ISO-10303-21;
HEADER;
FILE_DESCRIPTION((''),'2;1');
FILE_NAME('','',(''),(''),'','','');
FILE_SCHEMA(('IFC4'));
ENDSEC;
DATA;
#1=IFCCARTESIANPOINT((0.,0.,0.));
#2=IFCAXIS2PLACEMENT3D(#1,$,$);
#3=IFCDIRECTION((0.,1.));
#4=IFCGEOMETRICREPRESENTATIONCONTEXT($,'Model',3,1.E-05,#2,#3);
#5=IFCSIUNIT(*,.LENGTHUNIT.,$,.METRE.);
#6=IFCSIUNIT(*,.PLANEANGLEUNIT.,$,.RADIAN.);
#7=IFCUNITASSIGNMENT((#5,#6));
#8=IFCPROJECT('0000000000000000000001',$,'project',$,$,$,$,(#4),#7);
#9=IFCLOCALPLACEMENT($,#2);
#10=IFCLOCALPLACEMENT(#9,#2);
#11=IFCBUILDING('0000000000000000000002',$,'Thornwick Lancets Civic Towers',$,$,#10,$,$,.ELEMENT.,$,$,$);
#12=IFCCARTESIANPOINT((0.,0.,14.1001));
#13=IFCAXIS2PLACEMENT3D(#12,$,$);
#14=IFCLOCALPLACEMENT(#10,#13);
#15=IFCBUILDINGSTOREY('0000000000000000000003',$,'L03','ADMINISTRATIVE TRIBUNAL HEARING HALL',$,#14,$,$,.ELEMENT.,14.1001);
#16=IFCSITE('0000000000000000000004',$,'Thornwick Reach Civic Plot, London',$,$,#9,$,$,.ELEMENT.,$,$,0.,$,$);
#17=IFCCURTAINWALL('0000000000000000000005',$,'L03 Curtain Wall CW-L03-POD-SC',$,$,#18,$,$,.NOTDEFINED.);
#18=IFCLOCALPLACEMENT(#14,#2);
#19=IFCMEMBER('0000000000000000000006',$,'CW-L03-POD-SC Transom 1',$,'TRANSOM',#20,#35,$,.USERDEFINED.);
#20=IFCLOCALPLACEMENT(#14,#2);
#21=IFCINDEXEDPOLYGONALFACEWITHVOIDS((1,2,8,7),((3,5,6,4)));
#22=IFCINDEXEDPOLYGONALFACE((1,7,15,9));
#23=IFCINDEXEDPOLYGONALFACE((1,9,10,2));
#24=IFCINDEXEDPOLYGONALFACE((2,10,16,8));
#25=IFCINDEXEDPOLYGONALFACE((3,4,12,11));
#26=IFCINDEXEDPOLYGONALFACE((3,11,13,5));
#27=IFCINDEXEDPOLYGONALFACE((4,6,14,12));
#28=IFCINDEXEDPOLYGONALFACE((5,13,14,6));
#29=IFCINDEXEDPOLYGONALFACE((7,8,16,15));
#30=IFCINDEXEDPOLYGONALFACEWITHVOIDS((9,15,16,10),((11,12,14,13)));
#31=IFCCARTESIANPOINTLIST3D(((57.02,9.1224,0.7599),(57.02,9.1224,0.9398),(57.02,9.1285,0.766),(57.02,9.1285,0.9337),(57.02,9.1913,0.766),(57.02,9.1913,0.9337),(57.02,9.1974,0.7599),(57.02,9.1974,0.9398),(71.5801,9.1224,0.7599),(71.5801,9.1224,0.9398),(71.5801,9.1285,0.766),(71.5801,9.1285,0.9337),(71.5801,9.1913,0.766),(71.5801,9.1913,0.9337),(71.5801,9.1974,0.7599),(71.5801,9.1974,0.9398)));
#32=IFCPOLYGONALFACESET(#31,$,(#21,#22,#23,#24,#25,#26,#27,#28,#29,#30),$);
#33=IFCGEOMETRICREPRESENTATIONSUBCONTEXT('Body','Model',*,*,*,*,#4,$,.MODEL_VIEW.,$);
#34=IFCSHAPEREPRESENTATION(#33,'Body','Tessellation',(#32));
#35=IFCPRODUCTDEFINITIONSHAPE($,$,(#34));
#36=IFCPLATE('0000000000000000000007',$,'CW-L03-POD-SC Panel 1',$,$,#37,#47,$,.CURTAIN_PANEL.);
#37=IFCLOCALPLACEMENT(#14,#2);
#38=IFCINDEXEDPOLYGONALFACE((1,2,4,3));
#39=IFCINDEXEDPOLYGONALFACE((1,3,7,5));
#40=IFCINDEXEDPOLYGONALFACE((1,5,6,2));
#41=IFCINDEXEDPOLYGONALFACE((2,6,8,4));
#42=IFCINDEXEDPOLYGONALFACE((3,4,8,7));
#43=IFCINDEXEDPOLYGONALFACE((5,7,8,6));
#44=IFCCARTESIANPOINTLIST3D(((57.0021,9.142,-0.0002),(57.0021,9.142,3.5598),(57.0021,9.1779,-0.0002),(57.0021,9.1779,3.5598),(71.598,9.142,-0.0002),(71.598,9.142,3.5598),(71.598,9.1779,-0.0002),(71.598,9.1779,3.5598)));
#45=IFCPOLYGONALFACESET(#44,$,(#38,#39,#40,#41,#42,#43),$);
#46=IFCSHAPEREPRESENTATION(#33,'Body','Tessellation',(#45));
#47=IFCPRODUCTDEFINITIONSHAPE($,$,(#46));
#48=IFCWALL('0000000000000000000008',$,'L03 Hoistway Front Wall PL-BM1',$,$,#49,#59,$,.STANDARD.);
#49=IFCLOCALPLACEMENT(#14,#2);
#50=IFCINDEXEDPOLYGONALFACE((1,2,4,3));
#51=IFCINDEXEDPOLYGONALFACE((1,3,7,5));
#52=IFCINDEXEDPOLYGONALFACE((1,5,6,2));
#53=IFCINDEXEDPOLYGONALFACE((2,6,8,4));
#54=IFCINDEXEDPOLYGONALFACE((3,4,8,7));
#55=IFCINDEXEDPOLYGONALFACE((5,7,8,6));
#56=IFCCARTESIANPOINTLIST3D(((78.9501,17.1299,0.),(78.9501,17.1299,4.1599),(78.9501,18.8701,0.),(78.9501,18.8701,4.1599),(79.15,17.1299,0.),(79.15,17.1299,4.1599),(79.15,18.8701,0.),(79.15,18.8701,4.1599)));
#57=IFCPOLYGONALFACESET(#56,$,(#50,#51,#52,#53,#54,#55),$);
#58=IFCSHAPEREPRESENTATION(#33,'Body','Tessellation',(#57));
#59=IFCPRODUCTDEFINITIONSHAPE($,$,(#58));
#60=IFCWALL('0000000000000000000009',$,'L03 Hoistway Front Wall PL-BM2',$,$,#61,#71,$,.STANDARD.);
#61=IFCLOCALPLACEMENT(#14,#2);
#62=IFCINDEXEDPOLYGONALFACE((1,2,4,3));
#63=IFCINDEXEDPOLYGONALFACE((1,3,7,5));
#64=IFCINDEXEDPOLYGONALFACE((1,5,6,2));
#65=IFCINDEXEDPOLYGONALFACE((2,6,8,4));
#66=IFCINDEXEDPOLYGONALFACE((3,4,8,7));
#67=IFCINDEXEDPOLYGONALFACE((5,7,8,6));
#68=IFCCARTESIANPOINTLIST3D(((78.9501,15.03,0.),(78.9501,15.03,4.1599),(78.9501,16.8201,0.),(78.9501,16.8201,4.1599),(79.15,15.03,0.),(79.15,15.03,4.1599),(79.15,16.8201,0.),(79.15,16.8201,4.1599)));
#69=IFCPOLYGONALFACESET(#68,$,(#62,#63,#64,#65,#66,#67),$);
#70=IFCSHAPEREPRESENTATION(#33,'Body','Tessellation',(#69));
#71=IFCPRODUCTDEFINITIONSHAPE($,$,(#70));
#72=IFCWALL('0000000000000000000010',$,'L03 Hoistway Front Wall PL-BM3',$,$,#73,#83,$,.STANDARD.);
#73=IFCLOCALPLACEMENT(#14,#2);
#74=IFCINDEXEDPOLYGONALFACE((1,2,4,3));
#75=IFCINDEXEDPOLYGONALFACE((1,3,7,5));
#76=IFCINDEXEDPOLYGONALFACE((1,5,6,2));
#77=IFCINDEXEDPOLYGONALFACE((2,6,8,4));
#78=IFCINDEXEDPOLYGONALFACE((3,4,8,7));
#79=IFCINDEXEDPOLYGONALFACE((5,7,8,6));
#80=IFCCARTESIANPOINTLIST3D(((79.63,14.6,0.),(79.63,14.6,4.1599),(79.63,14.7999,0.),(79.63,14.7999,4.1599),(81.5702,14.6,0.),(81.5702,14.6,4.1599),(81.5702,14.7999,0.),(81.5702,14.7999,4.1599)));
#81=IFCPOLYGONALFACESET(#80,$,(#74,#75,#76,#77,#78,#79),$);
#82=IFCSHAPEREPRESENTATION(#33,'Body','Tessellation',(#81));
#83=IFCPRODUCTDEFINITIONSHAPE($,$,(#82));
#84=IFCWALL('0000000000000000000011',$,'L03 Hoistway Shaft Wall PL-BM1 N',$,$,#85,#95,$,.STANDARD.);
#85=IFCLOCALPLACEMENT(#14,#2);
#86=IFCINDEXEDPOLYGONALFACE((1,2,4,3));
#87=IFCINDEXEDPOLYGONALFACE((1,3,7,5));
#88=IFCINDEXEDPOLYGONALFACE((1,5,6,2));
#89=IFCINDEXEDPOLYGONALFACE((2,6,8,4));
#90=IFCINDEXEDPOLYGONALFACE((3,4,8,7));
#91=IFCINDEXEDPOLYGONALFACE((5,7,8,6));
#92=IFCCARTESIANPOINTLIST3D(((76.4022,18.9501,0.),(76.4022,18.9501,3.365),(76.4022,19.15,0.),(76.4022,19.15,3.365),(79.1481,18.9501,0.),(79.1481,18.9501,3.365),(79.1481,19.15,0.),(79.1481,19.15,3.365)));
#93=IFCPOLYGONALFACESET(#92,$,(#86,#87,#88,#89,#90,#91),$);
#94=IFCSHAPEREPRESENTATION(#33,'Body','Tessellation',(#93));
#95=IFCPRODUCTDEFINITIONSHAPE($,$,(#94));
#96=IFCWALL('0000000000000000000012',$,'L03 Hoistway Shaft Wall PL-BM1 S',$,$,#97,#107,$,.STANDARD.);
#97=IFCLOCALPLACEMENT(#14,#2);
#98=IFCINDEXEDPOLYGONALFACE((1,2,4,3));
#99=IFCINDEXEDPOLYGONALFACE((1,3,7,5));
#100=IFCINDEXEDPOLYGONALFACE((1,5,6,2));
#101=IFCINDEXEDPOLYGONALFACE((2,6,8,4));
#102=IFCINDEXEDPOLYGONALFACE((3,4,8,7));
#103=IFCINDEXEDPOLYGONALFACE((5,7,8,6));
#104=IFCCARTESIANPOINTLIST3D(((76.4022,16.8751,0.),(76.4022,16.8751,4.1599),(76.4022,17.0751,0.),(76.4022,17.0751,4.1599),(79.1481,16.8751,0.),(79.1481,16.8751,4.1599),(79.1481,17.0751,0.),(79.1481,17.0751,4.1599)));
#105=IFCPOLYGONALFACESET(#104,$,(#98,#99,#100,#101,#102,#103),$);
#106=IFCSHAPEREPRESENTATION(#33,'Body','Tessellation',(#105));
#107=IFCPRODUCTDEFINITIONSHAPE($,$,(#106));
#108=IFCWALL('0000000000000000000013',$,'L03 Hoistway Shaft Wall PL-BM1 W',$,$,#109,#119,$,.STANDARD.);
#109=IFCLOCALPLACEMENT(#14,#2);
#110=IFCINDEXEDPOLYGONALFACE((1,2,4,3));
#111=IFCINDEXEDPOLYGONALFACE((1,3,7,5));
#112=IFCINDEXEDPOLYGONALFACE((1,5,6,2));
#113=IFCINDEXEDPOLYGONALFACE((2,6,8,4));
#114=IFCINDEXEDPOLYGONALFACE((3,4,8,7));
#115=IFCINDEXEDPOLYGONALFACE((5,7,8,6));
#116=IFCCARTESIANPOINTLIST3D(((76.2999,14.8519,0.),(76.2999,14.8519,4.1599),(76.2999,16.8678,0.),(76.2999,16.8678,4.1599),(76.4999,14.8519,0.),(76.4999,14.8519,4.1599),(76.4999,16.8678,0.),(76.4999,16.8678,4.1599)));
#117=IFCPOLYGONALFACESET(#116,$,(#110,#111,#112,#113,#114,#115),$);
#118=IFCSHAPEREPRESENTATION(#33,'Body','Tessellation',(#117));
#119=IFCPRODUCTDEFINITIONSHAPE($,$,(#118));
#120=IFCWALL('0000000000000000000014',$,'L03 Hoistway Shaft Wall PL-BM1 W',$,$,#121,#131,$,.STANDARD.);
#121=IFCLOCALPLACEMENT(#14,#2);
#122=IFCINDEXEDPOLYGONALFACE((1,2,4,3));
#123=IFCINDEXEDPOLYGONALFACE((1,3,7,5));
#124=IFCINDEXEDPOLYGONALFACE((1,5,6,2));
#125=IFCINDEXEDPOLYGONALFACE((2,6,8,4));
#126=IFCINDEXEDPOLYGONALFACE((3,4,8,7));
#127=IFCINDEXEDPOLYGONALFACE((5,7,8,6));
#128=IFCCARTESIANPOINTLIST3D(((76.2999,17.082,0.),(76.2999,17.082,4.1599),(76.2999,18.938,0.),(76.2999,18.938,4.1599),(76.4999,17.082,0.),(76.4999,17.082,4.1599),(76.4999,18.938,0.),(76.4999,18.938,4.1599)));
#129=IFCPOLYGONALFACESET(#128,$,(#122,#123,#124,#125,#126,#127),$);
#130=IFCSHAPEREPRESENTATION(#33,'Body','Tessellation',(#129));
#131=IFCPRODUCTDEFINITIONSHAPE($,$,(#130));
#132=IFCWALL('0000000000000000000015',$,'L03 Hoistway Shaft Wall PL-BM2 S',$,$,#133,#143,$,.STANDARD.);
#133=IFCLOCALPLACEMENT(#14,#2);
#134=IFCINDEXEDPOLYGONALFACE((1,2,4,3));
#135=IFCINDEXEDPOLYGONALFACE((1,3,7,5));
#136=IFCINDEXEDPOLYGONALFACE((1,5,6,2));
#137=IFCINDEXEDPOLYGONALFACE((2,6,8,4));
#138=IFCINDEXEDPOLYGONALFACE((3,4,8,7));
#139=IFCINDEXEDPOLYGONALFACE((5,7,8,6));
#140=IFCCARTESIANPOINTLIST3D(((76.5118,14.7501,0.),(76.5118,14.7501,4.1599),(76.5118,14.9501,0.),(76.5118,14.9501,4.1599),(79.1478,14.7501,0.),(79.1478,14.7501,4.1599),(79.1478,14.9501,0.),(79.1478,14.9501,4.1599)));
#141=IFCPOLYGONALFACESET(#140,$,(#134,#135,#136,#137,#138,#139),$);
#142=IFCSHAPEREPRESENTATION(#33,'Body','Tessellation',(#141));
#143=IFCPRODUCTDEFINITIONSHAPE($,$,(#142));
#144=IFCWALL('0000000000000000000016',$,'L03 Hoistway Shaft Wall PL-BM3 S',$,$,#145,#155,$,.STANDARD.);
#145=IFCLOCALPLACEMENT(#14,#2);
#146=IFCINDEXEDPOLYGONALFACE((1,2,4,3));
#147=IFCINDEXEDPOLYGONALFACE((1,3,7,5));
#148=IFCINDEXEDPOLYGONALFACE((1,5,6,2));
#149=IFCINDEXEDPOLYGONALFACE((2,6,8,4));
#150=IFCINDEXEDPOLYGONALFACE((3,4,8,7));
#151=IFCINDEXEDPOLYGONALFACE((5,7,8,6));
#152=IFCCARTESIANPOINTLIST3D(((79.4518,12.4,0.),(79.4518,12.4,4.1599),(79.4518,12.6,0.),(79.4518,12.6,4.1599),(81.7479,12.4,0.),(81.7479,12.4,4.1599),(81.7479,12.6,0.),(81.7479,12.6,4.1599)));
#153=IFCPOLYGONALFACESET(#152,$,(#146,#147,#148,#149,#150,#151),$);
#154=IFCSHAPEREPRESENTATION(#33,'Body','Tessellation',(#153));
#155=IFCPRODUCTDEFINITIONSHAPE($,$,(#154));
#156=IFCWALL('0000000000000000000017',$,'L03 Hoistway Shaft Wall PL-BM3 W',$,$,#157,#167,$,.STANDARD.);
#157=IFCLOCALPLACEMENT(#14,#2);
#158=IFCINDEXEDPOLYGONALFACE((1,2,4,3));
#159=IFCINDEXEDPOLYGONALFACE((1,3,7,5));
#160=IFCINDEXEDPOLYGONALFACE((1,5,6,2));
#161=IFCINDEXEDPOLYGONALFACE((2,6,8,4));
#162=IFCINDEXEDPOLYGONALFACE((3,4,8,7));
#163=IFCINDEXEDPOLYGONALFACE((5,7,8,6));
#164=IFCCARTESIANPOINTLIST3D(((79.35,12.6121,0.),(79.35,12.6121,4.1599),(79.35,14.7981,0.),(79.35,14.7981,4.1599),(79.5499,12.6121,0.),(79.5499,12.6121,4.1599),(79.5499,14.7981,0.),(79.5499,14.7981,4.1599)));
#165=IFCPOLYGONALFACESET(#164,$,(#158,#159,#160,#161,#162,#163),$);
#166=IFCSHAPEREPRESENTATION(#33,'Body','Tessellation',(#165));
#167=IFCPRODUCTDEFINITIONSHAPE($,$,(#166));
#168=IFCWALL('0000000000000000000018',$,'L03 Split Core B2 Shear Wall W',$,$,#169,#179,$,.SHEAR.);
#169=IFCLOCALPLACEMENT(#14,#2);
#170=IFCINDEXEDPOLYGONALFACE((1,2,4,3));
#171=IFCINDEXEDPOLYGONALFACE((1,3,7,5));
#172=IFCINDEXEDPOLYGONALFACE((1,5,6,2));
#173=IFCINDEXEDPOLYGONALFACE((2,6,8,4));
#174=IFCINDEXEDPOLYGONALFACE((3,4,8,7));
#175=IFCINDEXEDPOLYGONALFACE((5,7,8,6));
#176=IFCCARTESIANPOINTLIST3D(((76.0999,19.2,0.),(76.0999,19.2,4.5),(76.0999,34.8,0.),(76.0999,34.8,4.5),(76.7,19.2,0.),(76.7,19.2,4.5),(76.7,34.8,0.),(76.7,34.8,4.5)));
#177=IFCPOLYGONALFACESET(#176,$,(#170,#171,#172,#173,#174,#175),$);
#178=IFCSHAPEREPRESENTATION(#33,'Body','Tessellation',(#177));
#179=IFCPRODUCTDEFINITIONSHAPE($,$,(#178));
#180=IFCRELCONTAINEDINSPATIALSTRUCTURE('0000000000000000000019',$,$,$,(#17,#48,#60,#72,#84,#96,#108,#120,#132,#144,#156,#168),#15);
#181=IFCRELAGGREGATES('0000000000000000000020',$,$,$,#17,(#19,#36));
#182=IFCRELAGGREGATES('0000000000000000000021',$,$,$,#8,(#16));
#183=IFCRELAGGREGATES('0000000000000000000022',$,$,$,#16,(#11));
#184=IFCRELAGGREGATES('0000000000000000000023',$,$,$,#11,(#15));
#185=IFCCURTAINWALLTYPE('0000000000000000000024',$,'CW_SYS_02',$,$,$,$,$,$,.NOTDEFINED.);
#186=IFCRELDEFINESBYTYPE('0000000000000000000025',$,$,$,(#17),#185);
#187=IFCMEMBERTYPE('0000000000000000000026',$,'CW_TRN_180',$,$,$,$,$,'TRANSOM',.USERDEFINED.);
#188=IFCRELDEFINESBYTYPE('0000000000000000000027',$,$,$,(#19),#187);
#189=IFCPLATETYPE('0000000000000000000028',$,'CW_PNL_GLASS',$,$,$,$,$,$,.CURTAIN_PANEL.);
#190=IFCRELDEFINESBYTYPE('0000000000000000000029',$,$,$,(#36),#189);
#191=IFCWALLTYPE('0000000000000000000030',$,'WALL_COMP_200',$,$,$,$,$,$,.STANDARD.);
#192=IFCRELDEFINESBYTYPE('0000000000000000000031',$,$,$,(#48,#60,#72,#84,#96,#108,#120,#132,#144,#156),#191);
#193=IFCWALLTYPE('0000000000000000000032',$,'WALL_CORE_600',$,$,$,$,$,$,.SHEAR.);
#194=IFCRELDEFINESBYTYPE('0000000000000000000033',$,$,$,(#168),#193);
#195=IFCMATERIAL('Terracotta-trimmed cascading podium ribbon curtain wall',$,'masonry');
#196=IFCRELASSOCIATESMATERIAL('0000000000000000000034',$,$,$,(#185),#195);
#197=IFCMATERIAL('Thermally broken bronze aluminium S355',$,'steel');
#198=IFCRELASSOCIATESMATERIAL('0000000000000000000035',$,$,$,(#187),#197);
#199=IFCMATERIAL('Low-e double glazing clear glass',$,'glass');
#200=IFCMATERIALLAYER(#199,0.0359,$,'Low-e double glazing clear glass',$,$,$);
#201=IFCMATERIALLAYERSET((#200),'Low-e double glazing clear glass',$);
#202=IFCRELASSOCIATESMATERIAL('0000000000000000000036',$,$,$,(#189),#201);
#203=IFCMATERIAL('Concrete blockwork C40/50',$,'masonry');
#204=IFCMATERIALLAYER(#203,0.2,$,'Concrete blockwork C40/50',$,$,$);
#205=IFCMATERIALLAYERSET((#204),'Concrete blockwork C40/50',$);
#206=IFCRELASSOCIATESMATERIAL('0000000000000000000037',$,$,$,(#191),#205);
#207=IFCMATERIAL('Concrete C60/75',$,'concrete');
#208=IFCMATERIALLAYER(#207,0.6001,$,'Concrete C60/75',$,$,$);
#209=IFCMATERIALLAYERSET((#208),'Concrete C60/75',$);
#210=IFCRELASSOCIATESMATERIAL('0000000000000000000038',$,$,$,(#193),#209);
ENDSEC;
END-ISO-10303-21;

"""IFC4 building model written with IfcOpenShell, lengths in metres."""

from ifc_helpers import new_model, si_unit, direction, frame, frame_2d, origin, origin_2d, place, context, subcontext, project, spatial, rectangle, hollow_rectangle, extrude, material, layer, layer_set, material_profile, profile_set, type_object, element, aggregate, save


model = new_model("IFC4")

# Units and contexts
model_context = context("Model", 3, precision=1e-05, world=origin(), true_north=direction((0.0, 1.0)))
body_context = subcontext(model_context, "Body", "Model", "MODEL_VIEW")
ifc_project = project(units=[si_unit("LENGTHUNIT", "METRE"), si_unit("PLANEANGLEUNIT", "RADIAN")], contexts=[model_context])

# Site, building, storey
site_placement = place(None, origin())
site = spatial("IfcSite", under=ifc_project, at=site_placement, Name="Thornwick Reach Civic Plot, London", CompositionType="ELEMENT", RefElevation=0.0)
building_placement = place(site_placement, origin())
building = spatial("IfcBuilding", under=site, at=building_placement, Name="Thornwick Lancets Civic Towers", CompositionType="ELEMENT")
storey_placement = place(building_placement, frame((0.0, 0.0, 14.1001)))
storey = spatial("IfcBuildingStorey", under=building, at=storey_placement, Name="L03", Description="ADMINISTRATIVE TRIBUNAL HEARING HALL", CompositionType="ELEMENT", Elevation=14.1001)

# Shared definitions
ifc_material_1 = material(Name="Concrete C60/75", Category="concrete")

# Curtain wall, member, plate
ifc_material_2 = material(Name="Terracotta-trimmed cascading podium ribbon curtain wall", Category="masonry")
curtain_wall_type = type_object("IfcCurtainWallType", Name="CW_SYS_02", PredefinedType="NOTDEFINED", material=ifc_material_2)
curtain_wall_placement = place(storey_placement, origin())
curtain_wall = element("IfcCurtainWall", 1, at=curtain_wall_placement, inside=storey, type_object=curtain_wall_type, Name="L03 Curtain Wall CW-L03-POD-SC", PredefinedType="NOTDEFINED")
ifc_material_3 = material(Name="Thermally broken bronze aluminium S355", Category="steel")
ifc_material_profile_1 = material_profile(ifc_material_3, hollow_rectangle(XDim=0.075, YDim=0.1799, WallThickness=0.0061, at=origin_2d()), Name="RHS 180x75x6")
ifc_profile_set_1 = profile_set([ifc_material_profile_1], Name="Thermally broken bronze aluminium S355")
member_type_1 = type_object("IfcMemberType", Name="CW_TRN_180", ElementType="TRANSOM", PredefinedType="USERDEFINED", material=ifc_profile_set_1)
member_1_placement = place(storey_placement, frame((57.02, 9.1599, 0.8499), z_axis=(1.0, 0.0, 0.0), x_axis=(0.0, 1.0, 0.0)))
member_1 = element("IfcMember", 2, at=member_1_placement, type_object=member_type_1, Name="CW-L03-POD-SC Transom 1", ObjectType="TRANSOM", PredefinedType="USERDEFINED", context=body_context, shape_type="SweptSolid", body=[
    extrude(hollow_rectangle(XDim=0.075, YDim=0.1799, WallThickness=0.0061, at=origin_2d()), origin(), (0.0, 0.0, 1.0), 14.5601),
])
ifc_material_4 = material(Name="Low-e double glazing clear glass", Category="glass")
ifc_layer_1 = layer(ifc_material_4, 0.0359, Name="Low-e double glazing clear glass")
ifc_layer_set_1 = layer_set([ifc_layer_1], Name="Low-e double glazing clear glass")
plate_type = type_object("IfcPlateType", Name="CW_PNL_GLASS", PredefinedType="CURTAIN_PANEL", material=ifc_layer_set_1)
plate_placement = place(storey_placement, frame((64.3, 9.1599, -0.0002), z_axis=(0.0, 0.0, 1.0), x_axis=(1.0, 0.0, 0.0)))
plate = element("IfcPlate", 3, at=plate_placement, type_object=plate_type, Name="CW-L03-POD-SC Panel 1", PredefinedType="CURTAIN_PANEL", context=body_context, shape_type="SweptSolid", body=[
    extrude(rectangle(XDim=14.5959, YDim=0.0359, at=origin_2d()), origin(), (0.0, 0.0, 1.0), 3.5601),
])
aggregate(curtain_wall, [member_1, plate])

# Walls
ifc_material_5 = material(Name="Concrete blockwork C40/50", Category="masonry")
ifc_layer_2 = layer(ifc_material_5, 0.2, Name="Concrete blockwork C40/50")
ifc_layer_set_2 = layer_set([ifc_layer_2], Name="Concrete blockwork C40/50")
wall_type_1 = type_object("IfcWallType", Name="WALL_COMP_200", PredefinedType="STANDARD", material=ifc_layer_set_2)
wall_1_placement = place(storey_placement, frame((79.05, 17.1299, 0.0), z_axis=(0.0, 0.0, 1.0), x_axis=(0.0, 1.0, 0.0)))
element("IfcWall", 4, at=wall_1_placement, inside=storey, type_object=wall_type_1, Name="L03 Hoistway Front Wall PL-BM1", PredefinedType="STANDARD", context=body_context, shape_type="SweptSolid", body=[
    extrude(rectangle(XDim=1.7402, YDim=0.2, at=frame_2d((0.8701, 0.0))), origin(), (0.0, 0.0, 1.0), 4.1599),
])
wall_2_placement = place(storey_placement, frame((79.05, 15.03, 0.0), z_axis=(0.0, 0.0, 1.0), x_axis=(0.0, 1.0, 0.0)))
element("IfcWall", 5, at=wall_2_placement, inside=storey, type_object=wall_type_1, Name="L03 Hoistway Front Wall PL-BM2", PredefinedType="STANDARD", context=body_context, shape_type="SweptSolid", body=[
    extrude(rectangle(XDim=1.79, YDim=0.2, at=frame_2d((0.895, 0.0))), origin(), (0.0, 0.0, 1.0), 4.1599),
])
wall_3_placement = place(storey_placement, frame((79.6299, 14.7, 0.0), z_axis=(0.0, 0.0, 1.0), x_axis=(1.0, 0.0, 0.0)))
element("IfcWall", 6, at=wall_3_placement, inside=storey, type_object=wall_type_1, Name="L03 Hoistway Front Wall PL-BM3", PredefinedType="STANDARD", context=body_context, shape_type="SweptSolid", body=[
    extrude(rectangle(XDim=1.9402, YDim=0.2, at=frame_2d((0.9702, 0.0))), origin(), (0.0, 0.0, 1.0), 4.1599),
])
wall_4_placement = place(storey_placement, frame((76.4021, 19.05, 0.0), z_axis=(0.0, 0.0, 1.0), x_axis=(1.0, 0.0, 0.0)))
element("IfcWall", 7, at=wall_4_placement, inside=storey, type_object=wall_type_1, Name="L03 Hoistway Shaft Wall PL-BM1 N", PredefinedType="STANDARD", context=body_context, shape_type="SweptSolid", body=[
    extrude(rectangle(XDim=2.7458, YDim=0.2, at=frame_2d((1.373, 0.0))), origin(), (0.0, 0.0, 1.0), 3.365),
])
wall_5_placement = place(storey_placement, frame((76.4021, 16.9751, 0.0), z_axis=(0.0, 0.0, 1.0), x_axis=(1.0, 0.0, 0.0)))
element("IfcWall", 8, at=wall_5_placement, inside=storey, type_object=wall_type_1, Name="L03 Hoistway Shaft Wall PL-BM1 S", PredefinedType="STANDARD", context=body_context, shape_type="SweptSolid", body=[
    extrude(rectangle(XDim=2.7458, YDim=0.2, at=frame_2d((1.373, 0.0))), origin(), (0.0, 0.0, 1.0), 4.1599),
])
wall_6_placement = place(storey_placement, frame((76.3999, 14.8521, 0.0), z_axis=(0.0, 0.0, 1.0), x_axis=(0.0, 1.0, 0.0)))
element("IfcWall", 9, at=wall_6_placement, inside=storey, type_object=wall_type_1, Name="L03 Hoistway Shaft Wall PL-BM1 W", PredefinedType="STANDARD", context=body_context, shape_type="SweptSolid", body=[
    extrude(rectangle(XDim=2.0159, YDim=0.2, at=frame_2d((1.0078, 0.0))), origin(), (0.0, 0.0, 1.0), 4.1599),
])
wall_7_placement = place(storey_placement, frame((76.3999, 17.082, 0.0), z_axis=(0.0, 0.0, 1.0), x_axis=(0.0, 1.0, 0.0)))
element("IfcWall", 10, at=wall_7_placement, inside=storey, type_object=wall_type_1, Name="L03 Hoistway Shaft Wall PL-BM1 W", PredefinedType="STANDARD", context=body_context, shape_type="SweptSolid", body=[
    extrude(rectangle(XDim=1.856, YDim=0.2, at=frame_2d((0.928, 0.0))), origin(), (0.0, 0.0, 1.0), 4.1599),
])
wall_8_placement = place(storey_placement, frame((76.512, 14.8501, 0.0), z_axis=(0.0, 0.0, 1.0), x_axis=(1.0, 0.0, 0.0)))
element("IfcWall", 11, at=wall_8_placement, inside=storey, type_object=wall_type_1, Name="L03 Hoistway Shaft Wall PL-BM2 S", PredefinedType="STANDARD", context=body_context, shape_type="SweptSolid", body=[
    extrude(rectangle(XDim=2.636, YDim=0.2, at=frame_2d((1.3179, 0.0))), origin(), (0.0, 0.0, 1.0), 4.1599),
])
wall_9_placement = place(storey_placement, frame((79.4519, 12.5, 0.0), z_axis=(0.0, 0.0, 1.0), x_axis=(1.0, 0.0, 0.0)))
element("IfcWall", 12, at=wall_9_placement, inside=storey, type_object=wall_type_1, Name="L03 Hoistway Shaft Wall PL-BM3 S", PredefinedType="STANDARD", context=body_context, shape_type="SweptSolid", body=[
    extrude(rectangle(XDim=2.2961, YDim=0.2, at=frame_2d((1.1479, 0.0))), origin(), (0.0, 0.0, 1.0), 4.1599),
])
wall_10_placement = place(storey_placement, frame((79.45, 12.6121, 0.0), z_axis=(0.0, 0.0, 1.0), x_axis=(0.0, 1.0, 0.0)))
element("IfcWall", 13, at=wall_10_placement, inside=storey, type_object=wall_type_1, Name="L03 Hoistway Shaft Wall PL-BM3 W", PredefinedType="STANDARD", context=body_context, shape_type="SweptSolid", body=[
    extrude(rectangle(XDim=2.186, YDim=0.2, at=frame_2d((1.093, 0.0))), origin(), (0.0, 0.0, 1.0), 4.1599),
])
ifc_layer_3 = layer(ifc_material_1, 0.6001, Name="Concrete C60/75")
ifc_layer_set_3 = layer_set([ifc_layer_3], Name="Concrete C60/75")
wall_type_2 = type_object("IfcWallType", Name="WALL_CORE_600", PredefinedType="SHEAR", material=ifc_layer_set_3)
wall_11_placement = place(storey_placement, frame((76.3999, 19.2, 0.0), z_axis=(0.0, 0.0, 1.0), x_axis=(0.0, 1.0, 0.0)))
element("IfcWall", 14, at=wall_11_placement, inside=storey, type_object=wall_type_2, Name="L03 Split Core B2 Shear Wall W", PredefinedType="SHEAR", context=body_context, shape_type="SweptSolid", body=[
    extrude(rectangle(XDim=15.6001, YDim=0.6001, at=frame_2d((7.8, 0.0))), origin(), (0.0, 0.0, 1.0), 4.5),
])

save(model, "model.ifc")
